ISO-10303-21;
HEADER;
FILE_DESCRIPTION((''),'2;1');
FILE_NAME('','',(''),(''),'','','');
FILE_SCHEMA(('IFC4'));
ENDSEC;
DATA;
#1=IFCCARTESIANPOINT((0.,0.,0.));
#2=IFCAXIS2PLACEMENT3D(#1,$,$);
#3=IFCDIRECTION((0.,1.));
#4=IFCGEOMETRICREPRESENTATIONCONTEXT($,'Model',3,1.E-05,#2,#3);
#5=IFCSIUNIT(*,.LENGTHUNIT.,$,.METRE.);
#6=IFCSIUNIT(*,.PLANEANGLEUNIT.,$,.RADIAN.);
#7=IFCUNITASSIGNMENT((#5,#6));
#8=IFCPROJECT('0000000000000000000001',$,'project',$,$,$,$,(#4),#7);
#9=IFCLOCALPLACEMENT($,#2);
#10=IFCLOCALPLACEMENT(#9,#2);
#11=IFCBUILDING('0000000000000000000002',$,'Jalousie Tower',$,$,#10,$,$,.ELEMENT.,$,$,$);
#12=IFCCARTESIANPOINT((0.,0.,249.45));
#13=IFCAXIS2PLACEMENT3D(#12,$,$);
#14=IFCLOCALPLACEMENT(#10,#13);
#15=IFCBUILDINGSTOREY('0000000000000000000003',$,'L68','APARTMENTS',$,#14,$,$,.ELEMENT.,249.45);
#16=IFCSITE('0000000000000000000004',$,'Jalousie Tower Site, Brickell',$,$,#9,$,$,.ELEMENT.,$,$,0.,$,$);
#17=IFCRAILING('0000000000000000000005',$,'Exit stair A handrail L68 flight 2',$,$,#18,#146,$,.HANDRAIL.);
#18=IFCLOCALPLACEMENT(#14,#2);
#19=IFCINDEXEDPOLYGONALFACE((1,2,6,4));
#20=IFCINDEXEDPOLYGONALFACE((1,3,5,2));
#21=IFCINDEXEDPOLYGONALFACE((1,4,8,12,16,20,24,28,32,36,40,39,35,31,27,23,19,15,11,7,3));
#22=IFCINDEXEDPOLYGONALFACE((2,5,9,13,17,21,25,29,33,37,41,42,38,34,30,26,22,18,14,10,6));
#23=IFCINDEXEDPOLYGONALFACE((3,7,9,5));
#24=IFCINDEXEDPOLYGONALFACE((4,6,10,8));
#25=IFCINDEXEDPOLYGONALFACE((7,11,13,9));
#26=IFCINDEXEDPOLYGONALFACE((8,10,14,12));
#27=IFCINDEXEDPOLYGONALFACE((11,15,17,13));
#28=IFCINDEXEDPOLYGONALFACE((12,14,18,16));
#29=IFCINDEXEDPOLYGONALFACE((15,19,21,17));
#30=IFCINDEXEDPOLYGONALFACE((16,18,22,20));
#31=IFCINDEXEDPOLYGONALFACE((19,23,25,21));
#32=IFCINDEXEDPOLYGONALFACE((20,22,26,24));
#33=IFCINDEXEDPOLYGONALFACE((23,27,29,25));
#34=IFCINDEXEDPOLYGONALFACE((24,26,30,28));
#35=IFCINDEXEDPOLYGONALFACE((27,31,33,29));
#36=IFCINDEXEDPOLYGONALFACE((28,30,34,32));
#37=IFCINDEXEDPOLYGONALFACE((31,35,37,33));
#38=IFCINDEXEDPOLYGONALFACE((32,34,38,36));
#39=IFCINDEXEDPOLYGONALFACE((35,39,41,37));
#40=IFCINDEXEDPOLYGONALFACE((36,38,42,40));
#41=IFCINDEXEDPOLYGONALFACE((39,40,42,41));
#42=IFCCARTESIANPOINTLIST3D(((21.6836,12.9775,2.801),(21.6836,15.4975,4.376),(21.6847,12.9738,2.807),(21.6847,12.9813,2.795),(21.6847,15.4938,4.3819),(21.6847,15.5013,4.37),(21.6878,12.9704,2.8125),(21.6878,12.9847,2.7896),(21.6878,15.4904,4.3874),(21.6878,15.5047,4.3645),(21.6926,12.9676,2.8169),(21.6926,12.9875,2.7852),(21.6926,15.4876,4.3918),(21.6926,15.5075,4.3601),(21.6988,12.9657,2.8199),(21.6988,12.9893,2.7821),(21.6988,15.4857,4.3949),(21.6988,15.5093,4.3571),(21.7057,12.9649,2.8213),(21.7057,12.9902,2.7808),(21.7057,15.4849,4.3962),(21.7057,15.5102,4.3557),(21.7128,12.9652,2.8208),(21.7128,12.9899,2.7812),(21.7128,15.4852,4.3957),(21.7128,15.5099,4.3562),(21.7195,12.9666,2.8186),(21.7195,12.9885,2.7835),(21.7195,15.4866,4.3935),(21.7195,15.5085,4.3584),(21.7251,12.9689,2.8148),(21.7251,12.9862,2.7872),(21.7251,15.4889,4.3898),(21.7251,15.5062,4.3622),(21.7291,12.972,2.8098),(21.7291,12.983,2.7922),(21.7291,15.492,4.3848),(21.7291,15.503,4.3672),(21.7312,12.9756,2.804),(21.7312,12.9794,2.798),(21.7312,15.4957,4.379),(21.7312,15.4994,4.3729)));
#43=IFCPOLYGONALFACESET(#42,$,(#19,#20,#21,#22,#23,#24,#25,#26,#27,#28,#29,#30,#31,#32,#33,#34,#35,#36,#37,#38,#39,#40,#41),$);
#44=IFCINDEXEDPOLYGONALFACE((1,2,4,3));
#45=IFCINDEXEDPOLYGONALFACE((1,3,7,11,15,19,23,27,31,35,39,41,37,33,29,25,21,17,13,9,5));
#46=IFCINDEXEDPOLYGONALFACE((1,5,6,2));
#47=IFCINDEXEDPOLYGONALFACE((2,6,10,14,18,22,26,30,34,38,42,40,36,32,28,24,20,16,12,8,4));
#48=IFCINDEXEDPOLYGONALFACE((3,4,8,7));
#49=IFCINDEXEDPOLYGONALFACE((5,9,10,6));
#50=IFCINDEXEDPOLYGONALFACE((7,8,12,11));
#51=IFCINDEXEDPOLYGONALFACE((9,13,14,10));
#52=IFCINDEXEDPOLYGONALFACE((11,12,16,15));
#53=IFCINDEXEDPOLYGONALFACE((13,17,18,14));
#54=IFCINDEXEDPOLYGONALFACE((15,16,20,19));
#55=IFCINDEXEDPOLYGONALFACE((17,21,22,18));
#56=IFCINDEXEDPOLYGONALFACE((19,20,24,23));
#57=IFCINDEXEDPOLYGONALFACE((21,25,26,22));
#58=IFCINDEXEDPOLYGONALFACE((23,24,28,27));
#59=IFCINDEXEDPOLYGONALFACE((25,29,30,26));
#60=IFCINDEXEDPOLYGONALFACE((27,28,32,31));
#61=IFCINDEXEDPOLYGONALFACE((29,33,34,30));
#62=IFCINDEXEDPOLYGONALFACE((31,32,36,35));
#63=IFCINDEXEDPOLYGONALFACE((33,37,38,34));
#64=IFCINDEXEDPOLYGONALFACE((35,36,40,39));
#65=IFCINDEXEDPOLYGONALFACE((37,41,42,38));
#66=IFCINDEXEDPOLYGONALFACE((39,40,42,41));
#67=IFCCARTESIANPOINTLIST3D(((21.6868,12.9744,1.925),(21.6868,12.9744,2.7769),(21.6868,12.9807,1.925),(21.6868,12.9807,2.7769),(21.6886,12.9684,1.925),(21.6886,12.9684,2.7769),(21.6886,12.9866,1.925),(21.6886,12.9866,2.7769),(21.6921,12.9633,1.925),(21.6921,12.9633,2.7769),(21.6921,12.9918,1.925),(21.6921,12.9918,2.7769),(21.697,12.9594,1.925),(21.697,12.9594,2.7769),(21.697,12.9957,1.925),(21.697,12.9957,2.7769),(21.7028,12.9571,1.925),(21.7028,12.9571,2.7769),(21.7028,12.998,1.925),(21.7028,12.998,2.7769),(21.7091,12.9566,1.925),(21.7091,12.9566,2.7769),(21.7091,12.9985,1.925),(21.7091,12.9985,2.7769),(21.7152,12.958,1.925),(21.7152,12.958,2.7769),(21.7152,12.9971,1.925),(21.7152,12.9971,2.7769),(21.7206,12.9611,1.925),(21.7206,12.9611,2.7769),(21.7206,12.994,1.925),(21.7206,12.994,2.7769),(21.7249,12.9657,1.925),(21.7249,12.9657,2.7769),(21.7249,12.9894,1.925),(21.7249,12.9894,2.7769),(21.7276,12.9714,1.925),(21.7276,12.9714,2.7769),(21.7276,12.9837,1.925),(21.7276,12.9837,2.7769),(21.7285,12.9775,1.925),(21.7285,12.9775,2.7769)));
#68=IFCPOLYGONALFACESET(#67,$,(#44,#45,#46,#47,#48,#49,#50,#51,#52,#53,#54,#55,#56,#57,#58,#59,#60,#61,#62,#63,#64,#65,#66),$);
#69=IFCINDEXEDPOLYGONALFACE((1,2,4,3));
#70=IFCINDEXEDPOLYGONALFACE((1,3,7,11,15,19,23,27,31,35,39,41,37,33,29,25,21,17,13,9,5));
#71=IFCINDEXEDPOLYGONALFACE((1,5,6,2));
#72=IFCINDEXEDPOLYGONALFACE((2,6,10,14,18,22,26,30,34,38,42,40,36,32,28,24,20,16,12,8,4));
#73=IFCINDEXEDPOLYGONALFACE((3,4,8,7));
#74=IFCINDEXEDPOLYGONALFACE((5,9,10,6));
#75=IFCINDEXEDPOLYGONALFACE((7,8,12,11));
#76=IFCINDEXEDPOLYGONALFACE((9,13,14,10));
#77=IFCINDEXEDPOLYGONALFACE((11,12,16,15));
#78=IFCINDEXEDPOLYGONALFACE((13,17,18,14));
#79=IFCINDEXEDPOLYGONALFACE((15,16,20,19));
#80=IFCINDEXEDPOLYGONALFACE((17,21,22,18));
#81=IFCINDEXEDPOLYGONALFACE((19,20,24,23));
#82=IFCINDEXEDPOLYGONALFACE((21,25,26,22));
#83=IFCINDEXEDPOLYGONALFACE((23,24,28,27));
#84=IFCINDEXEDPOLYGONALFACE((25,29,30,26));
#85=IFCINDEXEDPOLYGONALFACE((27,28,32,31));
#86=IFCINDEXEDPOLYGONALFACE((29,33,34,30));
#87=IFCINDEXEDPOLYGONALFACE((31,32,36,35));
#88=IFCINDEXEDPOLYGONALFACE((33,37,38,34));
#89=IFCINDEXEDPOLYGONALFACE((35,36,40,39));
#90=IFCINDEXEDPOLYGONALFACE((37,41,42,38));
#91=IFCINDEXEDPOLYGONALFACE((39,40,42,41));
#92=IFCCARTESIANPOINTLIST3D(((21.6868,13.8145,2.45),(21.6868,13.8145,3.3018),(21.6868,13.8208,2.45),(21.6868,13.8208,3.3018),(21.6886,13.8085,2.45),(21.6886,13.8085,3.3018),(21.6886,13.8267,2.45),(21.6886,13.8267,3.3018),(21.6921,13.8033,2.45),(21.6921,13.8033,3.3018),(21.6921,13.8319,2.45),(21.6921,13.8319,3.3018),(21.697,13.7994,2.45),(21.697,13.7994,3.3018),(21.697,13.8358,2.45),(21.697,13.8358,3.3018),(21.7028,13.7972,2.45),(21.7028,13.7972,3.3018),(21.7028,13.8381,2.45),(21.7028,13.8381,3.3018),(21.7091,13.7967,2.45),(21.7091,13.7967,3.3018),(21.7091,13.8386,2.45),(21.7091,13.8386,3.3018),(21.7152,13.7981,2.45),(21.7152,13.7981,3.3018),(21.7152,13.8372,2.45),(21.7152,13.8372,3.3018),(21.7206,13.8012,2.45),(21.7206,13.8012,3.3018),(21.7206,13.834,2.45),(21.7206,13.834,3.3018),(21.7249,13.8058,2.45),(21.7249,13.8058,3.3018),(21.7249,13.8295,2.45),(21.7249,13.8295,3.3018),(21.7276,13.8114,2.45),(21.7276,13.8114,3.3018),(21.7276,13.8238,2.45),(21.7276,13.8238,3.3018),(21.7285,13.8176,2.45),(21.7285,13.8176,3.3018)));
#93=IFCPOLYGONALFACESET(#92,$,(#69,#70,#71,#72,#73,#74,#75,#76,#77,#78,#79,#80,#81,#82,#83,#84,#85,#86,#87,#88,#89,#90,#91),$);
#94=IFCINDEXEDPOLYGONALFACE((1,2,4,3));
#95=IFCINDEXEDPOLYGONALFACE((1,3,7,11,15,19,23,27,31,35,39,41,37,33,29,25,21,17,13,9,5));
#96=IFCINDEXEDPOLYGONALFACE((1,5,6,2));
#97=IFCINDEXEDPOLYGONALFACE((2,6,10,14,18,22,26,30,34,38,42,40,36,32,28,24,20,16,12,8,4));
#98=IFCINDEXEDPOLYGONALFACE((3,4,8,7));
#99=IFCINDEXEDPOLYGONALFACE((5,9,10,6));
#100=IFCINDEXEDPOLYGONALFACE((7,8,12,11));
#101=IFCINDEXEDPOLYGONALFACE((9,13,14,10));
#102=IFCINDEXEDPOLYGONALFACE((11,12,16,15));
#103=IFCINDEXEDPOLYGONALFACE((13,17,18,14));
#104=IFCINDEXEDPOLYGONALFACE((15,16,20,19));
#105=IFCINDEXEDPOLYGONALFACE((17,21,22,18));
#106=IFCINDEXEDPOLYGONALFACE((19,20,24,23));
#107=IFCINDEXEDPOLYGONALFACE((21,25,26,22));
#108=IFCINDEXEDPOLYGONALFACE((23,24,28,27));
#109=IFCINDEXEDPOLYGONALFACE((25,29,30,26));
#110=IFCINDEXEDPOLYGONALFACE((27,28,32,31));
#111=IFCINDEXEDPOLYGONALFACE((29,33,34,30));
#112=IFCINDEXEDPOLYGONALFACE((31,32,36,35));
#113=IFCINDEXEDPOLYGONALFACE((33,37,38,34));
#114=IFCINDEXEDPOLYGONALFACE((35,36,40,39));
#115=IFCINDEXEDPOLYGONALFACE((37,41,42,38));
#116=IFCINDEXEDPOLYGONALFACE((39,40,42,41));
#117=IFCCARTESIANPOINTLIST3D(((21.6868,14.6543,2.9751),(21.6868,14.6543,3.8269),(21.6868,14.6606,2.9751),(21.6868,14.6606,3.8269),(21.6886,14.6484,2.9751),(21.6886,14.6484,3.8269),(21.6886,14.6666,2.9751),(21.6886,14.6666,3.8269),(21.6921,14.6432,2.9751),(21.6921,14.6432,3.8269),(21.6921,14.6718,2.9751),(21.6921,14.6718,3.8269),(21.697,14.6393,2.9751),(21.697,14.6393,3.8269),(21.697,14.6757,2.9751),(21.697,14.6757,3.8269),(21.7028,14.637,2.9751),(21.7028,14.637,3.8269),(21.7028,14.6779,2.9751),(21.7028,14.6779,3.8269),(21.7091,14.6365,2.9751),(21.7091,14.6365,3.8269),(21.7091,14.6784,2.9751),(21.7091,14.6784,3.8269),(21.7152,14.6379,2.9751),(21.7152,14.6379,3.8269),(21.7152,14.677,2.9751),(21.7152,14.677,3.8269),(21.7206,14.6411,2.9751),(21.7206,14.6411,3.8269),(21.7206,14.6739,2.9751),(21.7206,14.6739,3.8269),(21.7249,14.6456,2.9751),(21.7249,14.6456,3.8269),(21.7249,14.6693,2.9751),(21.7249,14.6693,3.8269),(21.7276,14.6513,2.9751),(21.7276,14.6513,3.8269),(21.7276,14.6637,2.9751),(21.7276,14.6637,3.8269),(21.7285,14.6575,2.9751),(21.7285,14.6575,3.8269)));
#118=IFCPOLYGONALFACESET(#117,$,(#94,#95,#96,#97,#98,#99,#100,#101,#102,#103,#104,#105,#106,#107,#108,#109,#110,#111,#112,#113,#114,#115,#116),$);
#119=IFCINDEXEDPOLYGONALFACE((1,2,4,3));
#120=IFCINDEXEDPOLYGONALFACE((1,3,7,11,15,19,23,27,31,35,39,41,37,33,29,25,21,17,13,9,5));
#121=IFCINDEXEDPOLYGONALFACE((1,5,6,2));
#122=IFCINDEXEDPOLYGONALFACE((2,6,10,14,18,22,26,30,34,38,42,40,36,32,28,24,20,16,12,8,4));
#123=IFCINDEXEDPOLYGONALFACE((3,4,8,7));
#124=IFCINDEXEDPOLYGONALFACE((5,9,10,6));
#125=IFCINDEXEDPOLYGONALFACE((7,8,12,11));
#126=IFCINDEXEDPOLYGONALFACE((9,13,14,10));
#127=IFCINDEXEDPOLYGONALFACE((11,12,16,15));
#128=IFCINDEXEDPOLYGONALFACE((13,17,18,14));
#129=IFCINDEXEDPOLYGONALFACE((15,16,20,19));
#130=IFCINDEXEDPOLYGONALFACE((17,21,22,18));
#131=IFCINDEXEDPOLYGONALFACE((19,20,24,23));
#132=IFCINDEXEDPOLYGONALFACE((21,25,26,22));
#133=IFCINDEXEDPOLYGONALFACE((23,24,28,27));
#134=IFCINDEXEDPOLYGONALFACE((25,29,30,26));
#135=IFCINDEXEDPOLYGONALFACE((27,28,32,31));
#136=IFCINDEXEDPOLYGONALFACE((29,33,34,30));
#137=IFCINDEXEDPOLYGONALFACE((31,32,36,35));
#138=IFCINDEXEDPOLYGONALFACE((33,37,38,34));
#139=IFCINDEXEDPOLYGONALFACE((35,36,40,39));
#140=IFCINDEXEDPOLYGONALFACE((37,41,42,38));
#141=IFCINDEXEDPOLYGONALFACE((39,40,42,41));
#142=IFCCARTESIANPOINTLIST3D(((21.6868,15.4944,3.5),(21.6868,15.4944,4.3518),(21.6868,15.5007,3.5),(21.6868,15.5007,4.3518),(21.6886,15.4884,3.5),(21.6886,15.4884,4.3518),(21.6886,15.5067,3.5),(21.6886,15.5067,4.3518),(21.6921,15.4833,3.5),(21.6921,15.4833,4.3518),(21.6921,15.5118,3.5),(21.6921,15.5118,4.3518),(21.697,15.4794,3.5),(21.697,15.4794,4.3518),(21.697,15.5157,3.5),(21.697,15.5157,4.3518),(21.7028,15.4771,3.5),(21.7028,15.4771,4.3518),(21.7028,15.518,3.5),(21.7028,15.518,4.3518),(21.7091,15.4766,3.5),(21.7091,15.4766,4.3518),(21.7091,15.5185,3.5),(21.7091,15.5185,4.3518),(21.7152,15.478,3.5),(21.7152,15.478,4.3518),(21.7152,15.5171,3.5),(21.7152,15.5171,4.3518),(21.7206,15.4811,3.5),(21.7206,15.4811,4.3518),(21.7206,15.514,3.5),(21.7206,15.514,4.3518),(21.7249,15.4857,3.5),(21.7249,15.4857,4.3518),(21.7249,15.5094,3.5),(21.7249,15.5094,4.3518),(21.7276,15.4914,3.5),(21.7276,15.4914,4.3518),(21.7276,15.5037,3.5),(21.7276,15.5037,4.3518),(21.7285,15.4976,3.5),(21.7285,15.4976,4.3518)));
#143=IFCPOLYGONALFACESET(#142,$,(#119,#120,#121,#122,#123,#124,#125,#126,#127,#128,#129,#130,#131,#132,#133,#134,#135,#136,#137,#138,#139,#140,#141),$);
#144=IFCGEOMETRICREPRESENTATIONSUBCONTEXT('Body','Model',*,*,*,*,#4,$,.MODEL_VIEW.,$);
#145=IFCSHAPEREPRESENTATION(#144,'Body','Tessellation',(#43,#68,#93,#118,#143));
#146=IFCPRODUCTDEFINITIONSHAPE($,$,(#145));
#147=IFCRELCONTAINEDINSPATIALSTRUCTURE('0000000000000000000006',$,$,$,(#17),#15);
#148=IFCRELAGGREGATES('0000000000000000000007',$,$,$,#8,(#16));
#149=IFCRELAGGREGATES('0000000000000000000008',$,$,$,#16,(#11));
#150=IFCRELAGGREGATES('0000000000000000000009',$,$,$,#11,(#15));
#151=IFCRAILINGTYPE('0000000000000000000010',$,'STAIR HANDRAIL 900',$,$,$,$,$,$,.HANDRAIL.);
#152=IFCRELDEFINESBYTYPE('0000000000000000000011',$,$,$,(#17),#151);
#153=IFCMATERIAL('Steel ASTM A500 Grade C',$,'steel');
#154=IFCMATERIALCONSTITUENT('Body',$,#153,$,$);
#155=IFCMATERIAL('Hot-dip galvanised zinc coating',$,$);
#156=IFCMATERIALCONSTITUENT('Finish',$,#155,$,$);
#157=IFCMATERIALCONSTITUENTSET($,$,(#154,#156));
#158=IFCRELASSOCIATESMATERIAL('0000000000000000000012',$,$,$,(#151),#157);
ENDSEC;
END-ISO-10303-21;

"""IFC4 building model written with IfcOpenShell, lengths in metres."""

from ifc_helpers import new_model, si_unit, direction, frame, origin, origin_2d, place, context, subcontext, project, spatial, circle, extrude, material, constituent, constituent_set, type_object, element, save


model = new_model("IFC4")

# Units and contexts
model_context = context("Model", 3, precision=1e-05, world=origin(), true_north=direction((0.0, 1.0)))
body_context = subcontext(model_context, "Body", "Model", "MODEL_VIEW")
ifc_project = project(units=[si_unit("LENGTHUNIT", "METRE"), si_unit("PLANEANGLEUNIT", "RADIAN")], contexts=[model_context])

# Site, building, storey
site_placement = place(None, origin())
site = spatial("IfcSite", under=ifc_project, at=site_placement, Name="Jalousie Tower Site, Brickell", CompositionType="ELEMENT", RefElevation=0.0)
building_placement = place(site_placement, origin())
building = spatial("IfcBuilding", under=site, at=building_placement, Name="Jalousie Tower", CompositionType="ELEMENT")
storey_placement = place(building_placement, frame((0.0, 0.0, 249.45)))
storey = spatial("IfcBuildingStorey", under=building, at=storey_placement, Name="L68", Description="APARTMENTS", CompositionType="ELEMENT", Elevation=249.45)

# Railing
ifc_material_1 = material(Name="Steel ASTM A500 Grade C", Category="steel")
ifc_constituent_1 = constituent(ifc_material_1, Name="Body")
ifc_material_2 = material(Name="Hot-dip galvanised zinc coating")
ifc_constituent_2 = constituent(ifc_material_2, Name="Finish")
ifc_constituent_set_1 = constituent_set(constituents=[ifc_constituent_1, ifc_constituent_2])
railing_type_1 = type_object("IfcRailingType", Name="STAIR HANDRAIL 900", PredefinedType="HANDRAIL", material=ifc_constituent_set_1)
railing_1_placement = place(storey_placement, frame((21.7075, 12.9775, 1.925)))
element("IfcRailing", 1, at=railing_1_placement, inside=storey, type_object=railing_type_1, Name="Exit stair A handrail L68 flight 2", PredefinedType="HANDRAIL", context=body_context, shape_type="SweptSolid", body=[
    extrude(circle(Radius=0.0239, at=origin_2d()), frame((0.0, 0.0, 0.876), z_axis=(0.0, 0.848008, 0.529984), x_axis=(-1.0, 0.0, 0.0)), (0.0, 0.0, 1.0), 2.9717),
    extrude(circle(Radius=0.021, at=origin_2d()), origin(), (0.0, 0.0, 1.0), 0.8518),
    extrude(circle(Radius=0.021, at=origin_2d()), frame((0.0, 0.8401, 0.5249)), (0.0, 0.0, 1.0), 0.8518),
    extrude(circle(Radius=0.021, at=origin_2d()), frame((0.0, 1.6799, 1.05)), (0.0, 0.0, 1.0), 0.8518),
    extrude(circle(Radius=0.021, at=origin_2d()), frame((0.0, 2.52, 1.575)), (0.0, 0.0, 1.0), 0.8518),
])

save(model, "model.ifc")
